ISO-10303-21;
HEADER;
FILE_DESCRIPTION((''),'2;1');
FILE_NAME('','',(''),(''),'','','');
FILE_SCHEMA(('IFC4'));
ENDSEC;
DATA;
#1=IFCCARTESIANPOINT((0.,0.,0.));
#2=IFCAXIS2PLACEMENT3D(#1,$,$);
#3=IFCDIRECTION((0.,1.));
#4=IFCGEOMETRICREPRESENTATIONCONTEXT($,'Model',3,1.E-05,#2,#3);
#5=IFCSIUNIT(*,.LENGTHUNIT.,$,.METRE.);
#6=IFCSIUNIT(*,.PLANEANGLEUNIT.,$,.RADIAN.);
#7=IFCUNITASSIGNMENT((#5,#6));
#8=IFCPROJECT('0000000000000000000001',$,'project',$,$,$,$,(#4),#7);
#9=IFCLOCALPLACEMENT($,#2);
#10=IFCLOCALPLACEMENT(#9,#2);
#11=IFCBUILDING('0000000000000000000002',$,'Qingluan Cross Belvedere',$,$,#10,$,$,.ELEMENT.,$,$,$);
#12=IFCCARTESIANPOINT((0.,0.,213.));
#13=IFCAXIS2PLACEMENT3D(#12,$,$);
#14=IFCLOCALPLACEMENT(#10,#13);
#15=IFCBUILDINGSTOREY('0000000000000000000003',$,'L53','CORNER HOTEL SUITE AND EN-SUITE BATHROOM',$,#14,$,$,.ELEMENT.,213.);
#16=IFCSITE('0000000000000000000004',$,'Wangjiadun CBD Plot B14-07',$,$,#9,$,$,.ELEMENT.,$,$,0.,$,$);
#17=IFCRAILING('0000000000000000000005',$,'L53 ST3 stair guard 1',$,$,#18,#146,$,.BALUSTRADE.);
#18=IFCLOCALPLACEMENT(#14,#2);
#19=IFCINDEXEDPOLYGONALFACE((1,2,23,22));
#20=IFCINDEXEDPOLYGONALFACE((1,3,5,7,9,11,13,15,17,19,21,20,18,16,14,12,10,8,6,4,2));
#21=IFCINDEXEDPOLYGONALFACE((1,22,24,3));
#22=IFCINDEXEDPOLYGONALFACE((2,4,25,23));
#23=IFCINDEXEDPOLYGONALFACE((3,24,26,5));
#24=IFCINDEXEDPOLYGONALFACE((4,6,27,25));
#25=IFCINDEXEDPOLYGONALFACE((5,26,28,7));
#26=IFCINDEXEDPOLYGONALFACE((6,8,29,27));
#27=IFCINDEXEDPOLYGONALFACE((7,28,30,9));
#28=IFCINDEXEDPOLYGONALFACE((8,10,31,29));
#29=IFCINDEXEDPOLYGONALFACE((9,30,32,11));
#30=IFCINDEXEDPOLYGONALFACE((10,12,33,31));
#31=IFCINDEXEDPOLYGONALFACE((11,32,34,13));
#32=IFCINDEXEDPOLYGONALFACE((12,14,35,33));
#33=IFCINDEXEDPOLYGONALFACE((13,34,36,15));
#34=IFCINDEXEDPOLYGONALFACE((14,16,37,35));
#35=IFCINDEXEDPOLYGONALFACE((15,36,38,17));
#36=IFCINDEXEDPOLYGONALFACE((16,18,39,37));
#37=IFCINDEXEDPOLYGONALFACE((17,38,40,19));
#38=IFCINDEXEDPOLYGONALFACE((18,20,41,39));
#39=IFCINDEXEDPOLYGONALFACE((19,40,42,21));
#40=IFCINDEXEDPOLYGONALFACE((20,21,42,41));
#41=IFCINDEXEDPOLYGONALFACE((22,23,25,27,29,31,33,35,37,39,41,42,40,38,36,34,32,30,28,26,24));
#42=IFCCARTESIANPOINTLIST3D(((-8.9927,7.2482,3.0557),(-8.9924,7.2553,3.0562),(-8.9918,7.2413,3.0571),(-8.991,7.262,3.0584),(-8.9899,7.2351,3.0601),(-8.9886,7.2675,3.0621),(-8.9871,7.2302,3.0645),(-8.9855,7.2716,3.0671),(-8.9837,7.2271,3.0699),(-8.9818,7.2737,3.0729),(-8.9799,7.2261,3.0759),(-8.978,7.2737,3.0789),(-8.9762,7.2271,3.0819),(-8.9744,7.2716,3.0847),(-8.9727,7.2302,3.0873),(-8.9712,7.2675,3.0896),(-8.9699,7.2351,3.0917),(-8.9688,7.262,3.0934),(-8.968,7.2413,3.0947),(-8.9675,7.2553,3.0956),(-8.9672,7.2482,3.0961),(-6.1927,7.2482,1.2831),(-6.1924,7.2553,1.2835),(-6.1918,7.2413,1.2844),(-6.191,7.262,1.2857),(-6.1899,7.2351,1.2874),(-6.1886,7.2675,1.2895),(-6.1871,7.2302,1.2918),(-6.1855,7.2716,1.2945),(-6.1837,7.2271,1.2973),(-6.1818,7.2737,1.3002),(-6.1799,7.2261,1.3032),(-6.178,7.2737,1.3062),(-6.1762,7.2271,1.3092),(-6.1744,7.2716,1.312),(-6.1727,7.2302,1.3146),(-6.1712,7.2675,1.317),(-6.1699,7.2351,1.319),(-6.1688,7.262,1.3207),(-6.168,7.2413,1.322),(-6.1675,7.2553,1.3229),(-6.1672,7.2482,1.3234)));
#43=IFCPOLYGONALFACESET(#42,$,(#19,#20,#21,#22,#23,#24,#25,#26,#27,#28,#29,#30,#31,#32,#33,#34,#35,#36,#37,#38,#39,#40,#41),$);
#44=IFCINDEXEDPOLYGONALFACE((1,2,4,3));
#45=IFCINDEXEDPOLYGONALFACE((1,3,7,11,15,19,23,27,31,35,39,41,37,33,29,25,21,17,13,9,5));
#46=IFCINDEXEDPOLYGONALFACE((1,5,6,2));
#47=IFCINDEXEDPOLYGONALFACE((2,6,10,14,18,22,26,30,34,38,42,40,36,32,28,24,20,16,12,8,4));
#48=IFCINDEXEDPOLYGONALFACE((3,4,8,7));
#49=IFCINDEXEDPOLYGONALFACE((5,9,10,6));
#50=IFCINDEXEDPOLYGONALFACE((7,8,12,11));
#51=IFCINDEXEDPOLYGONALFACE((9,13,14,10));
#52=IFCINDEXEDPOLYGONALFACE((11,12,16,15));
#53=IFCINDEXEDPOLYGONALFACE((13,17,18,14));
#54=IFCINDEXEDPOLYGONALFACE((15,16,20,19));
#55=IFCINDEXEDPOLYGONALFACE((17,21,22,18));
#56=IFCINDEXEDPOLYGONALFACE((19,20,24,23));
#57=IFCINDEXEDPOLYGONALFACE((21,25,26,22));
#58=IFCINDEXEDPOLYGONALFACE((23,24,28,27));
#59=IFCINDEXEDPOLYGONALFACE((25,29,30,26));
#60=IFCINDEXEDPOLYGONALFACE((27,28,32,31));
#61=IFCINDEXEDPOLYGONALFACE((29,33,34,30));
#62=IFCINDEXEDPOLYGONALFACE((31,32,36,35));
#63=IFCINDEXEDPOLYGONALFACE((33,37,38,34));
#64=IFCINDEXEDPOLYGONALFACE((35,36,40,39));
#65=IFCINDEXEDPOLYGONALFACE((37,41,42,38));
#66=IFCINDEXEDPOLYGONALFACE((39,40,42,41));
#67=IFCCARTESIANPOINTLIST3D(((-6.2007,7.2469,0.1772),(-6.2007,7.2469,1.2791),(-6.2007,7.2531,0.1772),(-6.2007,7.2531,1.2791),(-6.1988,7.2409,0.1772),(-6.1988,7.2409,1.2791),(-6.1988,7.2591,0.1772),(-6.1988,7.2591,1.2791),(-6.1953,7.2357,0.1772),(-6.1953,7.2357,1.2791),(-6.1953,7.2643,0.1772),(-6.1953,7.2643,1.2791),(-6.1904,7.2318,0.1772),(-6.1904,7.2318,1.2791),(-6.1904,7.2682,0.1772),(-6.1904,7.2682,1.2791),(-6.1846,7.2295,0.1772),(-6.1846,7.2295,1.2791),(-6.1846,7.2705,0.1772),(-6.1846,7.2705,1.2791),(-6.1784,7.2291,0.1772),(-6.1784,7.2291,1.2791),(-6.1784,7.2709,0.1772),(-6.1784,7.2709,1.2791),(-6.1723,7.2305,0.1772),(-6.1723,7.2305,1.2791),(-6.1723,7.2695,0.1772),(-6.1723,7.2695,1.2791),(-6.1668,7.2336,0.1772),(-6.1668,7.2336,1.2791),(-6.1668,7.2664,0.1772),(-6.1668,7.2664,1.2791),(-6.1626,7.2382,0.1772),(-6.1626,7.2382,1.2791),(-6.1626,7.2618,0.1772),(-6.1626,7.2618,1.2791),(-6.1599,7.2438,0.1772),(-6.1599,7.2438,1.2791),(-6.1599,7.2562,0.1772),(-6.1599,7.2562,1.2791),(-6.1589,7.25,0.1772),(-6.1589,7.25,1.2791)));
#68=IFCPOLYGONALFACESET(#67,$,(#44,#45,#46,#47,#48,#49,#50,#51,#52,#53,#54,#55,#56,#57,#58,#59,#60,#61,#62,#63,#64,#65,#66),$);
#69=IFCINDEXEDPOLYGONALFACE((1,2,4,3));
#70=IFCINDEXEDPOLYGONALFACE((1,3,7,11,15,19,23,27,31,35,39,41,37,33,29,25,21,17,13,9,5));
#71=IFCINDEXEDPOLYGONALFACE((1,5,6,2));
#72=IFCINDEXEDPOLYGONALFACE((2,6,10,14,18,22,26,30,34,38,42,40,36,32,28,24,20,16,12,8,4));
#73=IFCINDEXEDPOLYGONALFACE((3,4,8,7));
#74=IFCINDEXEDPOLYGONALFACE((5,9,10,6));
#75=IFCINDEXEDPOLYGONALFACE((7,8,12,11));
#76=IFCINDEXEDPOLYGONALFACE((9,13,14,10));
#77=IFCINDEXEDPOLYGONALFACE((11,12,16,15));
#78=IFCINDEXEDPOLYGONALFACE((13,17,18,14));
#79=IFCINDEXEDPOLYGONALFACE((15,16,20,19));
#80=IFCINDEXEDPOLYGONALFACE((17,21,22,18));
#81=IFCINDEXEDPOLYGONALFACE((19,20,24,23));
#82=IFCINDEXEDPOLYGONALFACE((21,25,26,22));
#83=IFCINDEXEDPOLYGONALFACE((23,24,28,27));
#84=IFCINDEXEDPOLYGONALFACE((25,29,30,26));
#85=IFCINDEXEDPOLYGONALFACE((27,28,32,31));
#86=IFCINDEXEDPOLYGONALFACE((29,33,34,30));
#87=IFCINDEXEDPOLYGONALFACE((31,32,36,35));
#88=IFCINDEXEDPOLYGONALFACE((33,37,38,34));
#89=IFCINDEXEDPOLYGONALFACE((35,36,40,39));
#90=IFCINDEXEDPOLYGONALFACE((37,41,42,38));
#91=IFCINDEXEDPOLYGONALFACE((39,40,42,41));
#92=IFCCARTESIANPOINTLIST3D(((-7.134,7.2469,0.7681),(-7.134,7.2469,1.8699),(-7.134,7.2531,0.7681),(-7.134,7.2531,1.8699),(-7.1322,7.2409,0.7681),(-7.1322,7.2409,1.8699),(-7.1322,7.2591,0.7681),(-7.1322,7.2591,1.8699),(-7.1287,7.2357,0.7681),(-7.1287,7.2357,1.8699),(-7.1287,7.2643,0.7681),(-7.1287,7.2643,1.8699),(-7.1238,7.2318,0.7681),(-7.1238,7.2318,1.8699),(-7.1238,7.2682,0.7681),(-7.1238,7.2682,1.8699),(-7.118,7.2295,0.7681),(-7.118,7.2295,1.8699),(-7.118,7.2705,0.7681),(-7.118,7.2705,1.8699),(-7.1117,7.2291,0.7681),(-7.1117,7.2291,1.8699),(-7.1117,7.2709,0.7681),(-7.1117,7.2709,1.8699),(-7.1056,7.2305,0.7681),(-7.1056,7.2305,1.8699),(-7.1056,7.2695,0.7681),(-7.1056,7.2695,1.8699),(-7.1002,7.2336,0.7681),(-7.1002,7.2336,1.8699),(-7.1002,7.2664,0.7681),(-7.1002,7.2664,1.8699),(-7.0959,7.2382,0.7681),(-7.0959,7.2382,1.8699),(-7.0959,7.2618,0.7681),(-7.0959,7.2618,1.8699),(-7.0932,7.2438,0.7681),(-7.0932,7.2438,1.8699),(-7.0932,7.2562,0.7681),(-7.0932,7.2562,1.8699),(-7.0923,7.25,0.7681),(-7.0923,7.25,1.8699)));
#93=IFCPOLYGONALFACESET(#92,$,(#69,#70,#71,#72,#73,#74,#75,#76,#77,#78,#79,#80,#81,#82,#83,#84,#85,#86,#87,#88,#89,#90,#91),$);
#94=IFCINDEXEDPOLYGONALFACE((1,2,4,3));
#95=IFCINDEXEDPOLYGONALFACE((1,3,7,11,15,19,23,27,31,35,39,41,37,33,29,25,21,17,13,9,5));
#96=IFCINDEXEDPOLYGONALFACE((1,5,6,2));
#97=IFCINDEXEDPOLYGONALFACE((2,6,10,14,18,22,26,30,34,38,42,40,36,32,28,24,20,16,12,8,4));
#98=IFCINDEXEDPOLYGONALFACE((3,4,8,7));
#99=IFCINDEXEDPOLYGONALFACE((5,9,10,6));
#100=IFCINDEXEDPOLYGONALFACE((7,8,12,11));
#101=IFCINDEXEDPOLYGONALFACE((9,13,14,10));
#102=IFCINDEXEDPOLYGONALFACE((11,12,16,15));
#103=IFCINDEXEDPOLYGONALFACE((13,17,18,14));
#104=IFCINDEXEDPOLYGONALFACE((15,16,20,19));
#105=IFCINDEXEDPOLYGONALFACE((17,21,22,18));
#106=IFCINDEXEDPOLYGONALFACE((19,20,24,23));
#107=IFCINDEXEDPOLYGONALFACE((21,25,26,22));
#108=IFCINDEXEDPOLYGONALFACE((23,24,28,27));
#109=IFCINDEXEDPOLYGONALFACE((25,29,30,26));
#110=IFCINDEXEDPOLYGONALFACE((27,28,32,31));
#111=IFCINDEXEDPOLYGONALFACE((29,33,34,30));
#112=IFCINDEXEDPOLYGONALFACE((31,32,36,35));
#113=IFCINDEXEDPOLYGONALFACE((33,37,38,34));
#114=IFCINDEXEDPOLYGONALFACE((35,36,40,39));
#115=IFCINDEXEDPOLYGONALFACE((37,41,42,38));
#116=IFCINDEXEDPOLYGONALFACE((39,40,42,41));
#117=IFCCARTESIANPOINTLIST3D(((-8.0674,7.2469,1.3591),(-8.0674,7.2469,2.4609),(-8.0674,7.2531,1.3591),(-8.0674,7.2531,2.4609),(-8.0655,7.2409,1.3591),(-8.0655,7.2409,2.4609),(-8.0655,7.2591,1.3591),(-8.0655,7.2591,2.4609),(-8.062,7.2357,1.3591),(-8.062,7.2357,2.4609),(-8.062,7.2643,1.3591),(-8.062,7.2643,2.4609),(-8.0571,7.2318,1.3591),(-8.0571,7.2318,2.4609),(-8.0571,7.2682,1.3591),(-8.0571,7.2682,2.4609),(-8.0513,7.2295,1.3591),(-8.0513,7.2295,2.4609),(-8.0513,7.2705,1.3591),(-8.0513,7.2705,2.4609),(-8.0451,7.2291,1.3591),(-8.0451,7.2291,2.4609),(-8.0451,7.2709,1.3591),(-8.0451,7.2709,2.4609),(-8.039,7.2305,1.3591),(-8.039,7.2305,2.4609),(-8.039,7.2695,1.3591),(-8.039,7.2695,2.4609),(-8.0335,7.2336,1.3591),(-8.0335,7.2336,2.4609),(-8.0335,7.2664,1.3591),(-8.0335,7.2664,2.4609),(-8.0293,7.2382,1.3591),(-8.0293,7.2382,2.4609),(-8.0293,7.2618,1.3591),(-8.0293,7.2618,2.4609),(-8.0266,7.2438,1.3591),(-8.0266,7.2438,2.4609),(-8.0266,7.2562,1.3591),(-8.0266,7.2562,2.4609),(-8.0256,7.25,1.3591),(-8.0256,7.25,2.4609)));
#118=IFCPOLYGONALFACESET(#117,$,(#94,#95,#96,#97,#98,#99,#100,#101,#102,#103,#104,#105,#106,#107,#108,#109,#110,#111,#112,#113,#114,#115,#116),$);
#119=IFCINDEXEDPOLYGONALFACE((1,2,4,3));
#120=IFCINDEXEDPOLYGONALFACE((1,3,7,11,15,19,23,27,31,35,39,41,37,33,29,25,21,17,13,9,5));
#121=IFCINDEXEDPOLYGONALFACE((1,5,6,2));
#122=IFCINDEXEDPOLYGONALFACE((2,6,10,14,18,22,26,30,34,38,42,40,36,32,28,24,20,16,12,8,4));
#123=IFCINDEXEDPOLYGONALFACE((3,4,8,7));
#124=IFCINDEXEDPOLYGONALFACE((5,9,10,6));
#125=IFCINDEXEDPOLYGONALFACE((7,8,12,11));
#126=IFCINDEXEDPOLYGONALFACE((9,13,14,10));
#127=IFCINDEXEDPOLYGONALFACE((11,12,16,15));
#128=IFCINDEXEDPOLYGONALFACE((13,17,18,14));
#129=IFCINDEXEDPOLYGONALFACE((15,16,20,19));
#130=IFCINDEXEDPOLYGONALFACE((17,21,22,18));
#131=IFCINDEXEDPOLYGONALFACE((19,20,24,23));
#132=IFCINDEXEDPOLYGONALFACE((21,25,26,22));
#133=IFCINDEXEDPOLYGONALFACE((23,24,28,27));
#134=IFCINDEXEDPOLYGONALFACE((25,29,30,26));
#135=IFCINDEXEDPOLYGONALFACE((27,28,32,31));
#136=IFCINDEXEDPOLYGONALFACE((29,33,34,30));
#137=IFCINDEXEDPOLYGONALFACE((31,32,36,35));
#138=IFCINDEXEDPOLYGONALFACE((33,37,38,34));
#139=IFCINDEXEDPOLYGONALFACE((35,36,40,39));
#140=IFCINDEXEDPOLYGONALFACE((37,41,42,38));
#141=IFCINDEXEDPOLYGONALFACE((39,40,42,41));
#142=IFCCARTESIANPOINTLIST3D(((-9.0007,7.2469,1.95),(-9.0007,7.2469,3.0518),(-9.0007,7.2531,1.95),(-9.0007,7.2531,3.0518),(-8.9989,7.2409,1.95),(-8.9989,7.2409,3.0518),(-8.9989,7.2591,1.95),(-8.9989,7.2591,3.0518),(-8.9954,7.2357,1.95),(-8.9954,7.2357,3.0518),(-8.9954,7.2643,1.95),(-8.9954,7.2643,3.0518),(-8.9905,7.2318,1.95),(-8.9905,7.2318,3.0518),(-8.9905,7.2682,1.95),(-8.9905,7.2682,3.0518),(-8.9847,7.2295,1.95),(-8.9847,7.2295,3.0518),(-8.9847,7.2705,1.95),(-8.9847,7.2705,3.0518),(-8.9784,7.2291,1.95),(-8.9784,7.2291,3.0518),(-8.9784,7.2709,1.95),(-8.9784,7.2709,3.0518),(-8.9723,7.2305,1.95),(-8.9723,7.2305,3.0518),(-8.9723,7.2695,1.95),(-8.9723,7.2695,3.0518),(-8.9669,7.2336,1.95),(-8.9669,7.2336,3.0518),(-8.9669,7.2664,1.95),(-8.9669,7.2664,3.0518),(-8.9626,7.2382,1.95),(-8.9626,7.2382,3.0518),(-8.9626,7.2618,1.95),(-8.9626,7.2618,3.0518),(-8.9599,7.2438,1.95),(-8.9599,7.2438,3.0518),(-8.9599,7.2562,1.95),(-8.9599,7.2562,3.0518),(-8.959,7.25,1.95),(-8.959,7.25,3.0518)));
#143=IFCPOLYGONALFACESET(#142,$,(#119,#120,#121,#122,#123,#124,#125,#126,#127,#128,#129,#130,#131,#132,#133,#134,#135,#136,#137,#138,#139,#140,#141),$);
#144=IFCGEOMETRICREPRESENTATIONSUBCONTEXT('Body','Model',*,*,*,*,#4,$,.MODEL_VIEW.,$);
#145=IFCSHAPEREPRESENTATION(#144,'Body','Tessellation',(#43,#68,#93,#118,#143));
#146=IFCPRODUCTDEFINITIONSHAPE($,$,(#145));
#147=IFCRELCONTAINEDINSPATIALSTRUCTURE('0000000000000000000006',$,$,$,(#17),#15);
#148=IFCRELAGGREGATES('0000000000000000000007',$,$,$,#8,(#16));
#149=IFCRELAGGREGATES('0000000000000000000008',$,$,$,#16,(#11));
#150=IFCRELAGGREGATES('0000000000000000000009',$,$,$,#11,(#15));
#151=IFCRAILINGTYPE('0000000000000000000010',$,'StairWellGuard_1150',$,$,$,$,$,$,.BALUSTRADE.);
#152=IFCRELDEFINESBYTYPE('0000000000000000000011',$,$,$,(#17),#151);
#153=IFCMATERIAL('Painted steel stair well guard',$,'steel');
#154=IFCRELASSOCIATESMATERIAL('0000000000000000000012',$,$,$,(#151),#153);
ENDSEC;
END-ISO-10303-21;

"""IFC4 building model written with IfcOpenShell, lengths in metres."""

from ifc_helpers import new_model, si_unit, direction, frame, origin, origin_2d, place, context, subcontext, project, spatial, circle, extrude, material, type_object, element, save


model = new_model("IFC4")

# Units and contexts
model_context = context("Model", 3, precision=1e-05, world=origin(), true_north=direction((0.0, 1.0)))
body_context = subcontext(model_context, "Body", "Model", "MODEL_VIEW")
ifc_project = project(units=[si_unit("LENGTHUNIT", "METRE"), si_unit("PLANEANGLEUNIT", "RADIAN")], contexts=[model_context])

# Site, building, storey
site_placement = place(None, origin())
site = spatial("IfcSite", under=ifc_project, at=site_placement, Name="Wangjiadun CBD Plot B14-07", CompositionType="ELEMENT", RefElevation=0.0)
building_placement = place(site_placement, origin())
building = spatial("IfcBuilding", under=site, at=building_placement, Name="Qingluan Cross Belvedere", CompositionType="ELEMENT")
storey_placement = place(building_placement, frame((0.0, 0.0, 213.0)))
storey = spatial("IfcBuildingStorey", under=building, at=storey_placement, Name="L53", Description="CORNER HOTEL SUITE AND EN-SUITE BATHROOM", CompositionType="ELEMENT", Elevation=213.0)

# Railing
ifc_material_1 = material(Name="Painted steel stair well guard", Category="steel")
railing_type_1 = type_object("IfcRailingType", Name="StairWellGuard_1150", PredefinedType="BALUSTRADE", material=ifc_material_1)
railing_1_placement = place(storey_placement, frame((-6.1799, 7.25, 0.1772)))
element("IfcRailing", 1, at=railing_1_placement, inside=storey, type_object=railing_type_1, Name="L53 ST3 stair guard 1", PredefinedType="BALUSTRADE", context=body_context, shape_type="SweptSolid", body=[
    extrude(circle(Radius=0.0239, at=origin_2d()), frame((0.0, 0.0, 1.126), z_axis=(-0.844909, 0.0, 0.53491), x_axis=(0.0, -1.0, 0.0)), (0.0, 0.0, 1.0), 3.314),
    extrude(circle(Radius=0.021, at=origin_2d()), origin(), (0.0, 0.0, 1.0), 1.1018),
    extrude(circle(Radius=0.021, at=origin_2d()), frame((-0.9333, 0.0, 0.5908)), (0.0, 0.0, 1.0), 1.1018),
    extrude(circle(Radius=0.021, at=origin_2d()), frame((-1.8667, 0.0, 1.1819)), (0.0, 0.0, 1.0), 1.1018),
    extrude(circle(Radius=0.021, at=origin_2d()), frame((-2.8, 0.0, 1.7727)), (0.0, 0.0, 1.0), 1.1018),
])

save(model, "model.ifc")
